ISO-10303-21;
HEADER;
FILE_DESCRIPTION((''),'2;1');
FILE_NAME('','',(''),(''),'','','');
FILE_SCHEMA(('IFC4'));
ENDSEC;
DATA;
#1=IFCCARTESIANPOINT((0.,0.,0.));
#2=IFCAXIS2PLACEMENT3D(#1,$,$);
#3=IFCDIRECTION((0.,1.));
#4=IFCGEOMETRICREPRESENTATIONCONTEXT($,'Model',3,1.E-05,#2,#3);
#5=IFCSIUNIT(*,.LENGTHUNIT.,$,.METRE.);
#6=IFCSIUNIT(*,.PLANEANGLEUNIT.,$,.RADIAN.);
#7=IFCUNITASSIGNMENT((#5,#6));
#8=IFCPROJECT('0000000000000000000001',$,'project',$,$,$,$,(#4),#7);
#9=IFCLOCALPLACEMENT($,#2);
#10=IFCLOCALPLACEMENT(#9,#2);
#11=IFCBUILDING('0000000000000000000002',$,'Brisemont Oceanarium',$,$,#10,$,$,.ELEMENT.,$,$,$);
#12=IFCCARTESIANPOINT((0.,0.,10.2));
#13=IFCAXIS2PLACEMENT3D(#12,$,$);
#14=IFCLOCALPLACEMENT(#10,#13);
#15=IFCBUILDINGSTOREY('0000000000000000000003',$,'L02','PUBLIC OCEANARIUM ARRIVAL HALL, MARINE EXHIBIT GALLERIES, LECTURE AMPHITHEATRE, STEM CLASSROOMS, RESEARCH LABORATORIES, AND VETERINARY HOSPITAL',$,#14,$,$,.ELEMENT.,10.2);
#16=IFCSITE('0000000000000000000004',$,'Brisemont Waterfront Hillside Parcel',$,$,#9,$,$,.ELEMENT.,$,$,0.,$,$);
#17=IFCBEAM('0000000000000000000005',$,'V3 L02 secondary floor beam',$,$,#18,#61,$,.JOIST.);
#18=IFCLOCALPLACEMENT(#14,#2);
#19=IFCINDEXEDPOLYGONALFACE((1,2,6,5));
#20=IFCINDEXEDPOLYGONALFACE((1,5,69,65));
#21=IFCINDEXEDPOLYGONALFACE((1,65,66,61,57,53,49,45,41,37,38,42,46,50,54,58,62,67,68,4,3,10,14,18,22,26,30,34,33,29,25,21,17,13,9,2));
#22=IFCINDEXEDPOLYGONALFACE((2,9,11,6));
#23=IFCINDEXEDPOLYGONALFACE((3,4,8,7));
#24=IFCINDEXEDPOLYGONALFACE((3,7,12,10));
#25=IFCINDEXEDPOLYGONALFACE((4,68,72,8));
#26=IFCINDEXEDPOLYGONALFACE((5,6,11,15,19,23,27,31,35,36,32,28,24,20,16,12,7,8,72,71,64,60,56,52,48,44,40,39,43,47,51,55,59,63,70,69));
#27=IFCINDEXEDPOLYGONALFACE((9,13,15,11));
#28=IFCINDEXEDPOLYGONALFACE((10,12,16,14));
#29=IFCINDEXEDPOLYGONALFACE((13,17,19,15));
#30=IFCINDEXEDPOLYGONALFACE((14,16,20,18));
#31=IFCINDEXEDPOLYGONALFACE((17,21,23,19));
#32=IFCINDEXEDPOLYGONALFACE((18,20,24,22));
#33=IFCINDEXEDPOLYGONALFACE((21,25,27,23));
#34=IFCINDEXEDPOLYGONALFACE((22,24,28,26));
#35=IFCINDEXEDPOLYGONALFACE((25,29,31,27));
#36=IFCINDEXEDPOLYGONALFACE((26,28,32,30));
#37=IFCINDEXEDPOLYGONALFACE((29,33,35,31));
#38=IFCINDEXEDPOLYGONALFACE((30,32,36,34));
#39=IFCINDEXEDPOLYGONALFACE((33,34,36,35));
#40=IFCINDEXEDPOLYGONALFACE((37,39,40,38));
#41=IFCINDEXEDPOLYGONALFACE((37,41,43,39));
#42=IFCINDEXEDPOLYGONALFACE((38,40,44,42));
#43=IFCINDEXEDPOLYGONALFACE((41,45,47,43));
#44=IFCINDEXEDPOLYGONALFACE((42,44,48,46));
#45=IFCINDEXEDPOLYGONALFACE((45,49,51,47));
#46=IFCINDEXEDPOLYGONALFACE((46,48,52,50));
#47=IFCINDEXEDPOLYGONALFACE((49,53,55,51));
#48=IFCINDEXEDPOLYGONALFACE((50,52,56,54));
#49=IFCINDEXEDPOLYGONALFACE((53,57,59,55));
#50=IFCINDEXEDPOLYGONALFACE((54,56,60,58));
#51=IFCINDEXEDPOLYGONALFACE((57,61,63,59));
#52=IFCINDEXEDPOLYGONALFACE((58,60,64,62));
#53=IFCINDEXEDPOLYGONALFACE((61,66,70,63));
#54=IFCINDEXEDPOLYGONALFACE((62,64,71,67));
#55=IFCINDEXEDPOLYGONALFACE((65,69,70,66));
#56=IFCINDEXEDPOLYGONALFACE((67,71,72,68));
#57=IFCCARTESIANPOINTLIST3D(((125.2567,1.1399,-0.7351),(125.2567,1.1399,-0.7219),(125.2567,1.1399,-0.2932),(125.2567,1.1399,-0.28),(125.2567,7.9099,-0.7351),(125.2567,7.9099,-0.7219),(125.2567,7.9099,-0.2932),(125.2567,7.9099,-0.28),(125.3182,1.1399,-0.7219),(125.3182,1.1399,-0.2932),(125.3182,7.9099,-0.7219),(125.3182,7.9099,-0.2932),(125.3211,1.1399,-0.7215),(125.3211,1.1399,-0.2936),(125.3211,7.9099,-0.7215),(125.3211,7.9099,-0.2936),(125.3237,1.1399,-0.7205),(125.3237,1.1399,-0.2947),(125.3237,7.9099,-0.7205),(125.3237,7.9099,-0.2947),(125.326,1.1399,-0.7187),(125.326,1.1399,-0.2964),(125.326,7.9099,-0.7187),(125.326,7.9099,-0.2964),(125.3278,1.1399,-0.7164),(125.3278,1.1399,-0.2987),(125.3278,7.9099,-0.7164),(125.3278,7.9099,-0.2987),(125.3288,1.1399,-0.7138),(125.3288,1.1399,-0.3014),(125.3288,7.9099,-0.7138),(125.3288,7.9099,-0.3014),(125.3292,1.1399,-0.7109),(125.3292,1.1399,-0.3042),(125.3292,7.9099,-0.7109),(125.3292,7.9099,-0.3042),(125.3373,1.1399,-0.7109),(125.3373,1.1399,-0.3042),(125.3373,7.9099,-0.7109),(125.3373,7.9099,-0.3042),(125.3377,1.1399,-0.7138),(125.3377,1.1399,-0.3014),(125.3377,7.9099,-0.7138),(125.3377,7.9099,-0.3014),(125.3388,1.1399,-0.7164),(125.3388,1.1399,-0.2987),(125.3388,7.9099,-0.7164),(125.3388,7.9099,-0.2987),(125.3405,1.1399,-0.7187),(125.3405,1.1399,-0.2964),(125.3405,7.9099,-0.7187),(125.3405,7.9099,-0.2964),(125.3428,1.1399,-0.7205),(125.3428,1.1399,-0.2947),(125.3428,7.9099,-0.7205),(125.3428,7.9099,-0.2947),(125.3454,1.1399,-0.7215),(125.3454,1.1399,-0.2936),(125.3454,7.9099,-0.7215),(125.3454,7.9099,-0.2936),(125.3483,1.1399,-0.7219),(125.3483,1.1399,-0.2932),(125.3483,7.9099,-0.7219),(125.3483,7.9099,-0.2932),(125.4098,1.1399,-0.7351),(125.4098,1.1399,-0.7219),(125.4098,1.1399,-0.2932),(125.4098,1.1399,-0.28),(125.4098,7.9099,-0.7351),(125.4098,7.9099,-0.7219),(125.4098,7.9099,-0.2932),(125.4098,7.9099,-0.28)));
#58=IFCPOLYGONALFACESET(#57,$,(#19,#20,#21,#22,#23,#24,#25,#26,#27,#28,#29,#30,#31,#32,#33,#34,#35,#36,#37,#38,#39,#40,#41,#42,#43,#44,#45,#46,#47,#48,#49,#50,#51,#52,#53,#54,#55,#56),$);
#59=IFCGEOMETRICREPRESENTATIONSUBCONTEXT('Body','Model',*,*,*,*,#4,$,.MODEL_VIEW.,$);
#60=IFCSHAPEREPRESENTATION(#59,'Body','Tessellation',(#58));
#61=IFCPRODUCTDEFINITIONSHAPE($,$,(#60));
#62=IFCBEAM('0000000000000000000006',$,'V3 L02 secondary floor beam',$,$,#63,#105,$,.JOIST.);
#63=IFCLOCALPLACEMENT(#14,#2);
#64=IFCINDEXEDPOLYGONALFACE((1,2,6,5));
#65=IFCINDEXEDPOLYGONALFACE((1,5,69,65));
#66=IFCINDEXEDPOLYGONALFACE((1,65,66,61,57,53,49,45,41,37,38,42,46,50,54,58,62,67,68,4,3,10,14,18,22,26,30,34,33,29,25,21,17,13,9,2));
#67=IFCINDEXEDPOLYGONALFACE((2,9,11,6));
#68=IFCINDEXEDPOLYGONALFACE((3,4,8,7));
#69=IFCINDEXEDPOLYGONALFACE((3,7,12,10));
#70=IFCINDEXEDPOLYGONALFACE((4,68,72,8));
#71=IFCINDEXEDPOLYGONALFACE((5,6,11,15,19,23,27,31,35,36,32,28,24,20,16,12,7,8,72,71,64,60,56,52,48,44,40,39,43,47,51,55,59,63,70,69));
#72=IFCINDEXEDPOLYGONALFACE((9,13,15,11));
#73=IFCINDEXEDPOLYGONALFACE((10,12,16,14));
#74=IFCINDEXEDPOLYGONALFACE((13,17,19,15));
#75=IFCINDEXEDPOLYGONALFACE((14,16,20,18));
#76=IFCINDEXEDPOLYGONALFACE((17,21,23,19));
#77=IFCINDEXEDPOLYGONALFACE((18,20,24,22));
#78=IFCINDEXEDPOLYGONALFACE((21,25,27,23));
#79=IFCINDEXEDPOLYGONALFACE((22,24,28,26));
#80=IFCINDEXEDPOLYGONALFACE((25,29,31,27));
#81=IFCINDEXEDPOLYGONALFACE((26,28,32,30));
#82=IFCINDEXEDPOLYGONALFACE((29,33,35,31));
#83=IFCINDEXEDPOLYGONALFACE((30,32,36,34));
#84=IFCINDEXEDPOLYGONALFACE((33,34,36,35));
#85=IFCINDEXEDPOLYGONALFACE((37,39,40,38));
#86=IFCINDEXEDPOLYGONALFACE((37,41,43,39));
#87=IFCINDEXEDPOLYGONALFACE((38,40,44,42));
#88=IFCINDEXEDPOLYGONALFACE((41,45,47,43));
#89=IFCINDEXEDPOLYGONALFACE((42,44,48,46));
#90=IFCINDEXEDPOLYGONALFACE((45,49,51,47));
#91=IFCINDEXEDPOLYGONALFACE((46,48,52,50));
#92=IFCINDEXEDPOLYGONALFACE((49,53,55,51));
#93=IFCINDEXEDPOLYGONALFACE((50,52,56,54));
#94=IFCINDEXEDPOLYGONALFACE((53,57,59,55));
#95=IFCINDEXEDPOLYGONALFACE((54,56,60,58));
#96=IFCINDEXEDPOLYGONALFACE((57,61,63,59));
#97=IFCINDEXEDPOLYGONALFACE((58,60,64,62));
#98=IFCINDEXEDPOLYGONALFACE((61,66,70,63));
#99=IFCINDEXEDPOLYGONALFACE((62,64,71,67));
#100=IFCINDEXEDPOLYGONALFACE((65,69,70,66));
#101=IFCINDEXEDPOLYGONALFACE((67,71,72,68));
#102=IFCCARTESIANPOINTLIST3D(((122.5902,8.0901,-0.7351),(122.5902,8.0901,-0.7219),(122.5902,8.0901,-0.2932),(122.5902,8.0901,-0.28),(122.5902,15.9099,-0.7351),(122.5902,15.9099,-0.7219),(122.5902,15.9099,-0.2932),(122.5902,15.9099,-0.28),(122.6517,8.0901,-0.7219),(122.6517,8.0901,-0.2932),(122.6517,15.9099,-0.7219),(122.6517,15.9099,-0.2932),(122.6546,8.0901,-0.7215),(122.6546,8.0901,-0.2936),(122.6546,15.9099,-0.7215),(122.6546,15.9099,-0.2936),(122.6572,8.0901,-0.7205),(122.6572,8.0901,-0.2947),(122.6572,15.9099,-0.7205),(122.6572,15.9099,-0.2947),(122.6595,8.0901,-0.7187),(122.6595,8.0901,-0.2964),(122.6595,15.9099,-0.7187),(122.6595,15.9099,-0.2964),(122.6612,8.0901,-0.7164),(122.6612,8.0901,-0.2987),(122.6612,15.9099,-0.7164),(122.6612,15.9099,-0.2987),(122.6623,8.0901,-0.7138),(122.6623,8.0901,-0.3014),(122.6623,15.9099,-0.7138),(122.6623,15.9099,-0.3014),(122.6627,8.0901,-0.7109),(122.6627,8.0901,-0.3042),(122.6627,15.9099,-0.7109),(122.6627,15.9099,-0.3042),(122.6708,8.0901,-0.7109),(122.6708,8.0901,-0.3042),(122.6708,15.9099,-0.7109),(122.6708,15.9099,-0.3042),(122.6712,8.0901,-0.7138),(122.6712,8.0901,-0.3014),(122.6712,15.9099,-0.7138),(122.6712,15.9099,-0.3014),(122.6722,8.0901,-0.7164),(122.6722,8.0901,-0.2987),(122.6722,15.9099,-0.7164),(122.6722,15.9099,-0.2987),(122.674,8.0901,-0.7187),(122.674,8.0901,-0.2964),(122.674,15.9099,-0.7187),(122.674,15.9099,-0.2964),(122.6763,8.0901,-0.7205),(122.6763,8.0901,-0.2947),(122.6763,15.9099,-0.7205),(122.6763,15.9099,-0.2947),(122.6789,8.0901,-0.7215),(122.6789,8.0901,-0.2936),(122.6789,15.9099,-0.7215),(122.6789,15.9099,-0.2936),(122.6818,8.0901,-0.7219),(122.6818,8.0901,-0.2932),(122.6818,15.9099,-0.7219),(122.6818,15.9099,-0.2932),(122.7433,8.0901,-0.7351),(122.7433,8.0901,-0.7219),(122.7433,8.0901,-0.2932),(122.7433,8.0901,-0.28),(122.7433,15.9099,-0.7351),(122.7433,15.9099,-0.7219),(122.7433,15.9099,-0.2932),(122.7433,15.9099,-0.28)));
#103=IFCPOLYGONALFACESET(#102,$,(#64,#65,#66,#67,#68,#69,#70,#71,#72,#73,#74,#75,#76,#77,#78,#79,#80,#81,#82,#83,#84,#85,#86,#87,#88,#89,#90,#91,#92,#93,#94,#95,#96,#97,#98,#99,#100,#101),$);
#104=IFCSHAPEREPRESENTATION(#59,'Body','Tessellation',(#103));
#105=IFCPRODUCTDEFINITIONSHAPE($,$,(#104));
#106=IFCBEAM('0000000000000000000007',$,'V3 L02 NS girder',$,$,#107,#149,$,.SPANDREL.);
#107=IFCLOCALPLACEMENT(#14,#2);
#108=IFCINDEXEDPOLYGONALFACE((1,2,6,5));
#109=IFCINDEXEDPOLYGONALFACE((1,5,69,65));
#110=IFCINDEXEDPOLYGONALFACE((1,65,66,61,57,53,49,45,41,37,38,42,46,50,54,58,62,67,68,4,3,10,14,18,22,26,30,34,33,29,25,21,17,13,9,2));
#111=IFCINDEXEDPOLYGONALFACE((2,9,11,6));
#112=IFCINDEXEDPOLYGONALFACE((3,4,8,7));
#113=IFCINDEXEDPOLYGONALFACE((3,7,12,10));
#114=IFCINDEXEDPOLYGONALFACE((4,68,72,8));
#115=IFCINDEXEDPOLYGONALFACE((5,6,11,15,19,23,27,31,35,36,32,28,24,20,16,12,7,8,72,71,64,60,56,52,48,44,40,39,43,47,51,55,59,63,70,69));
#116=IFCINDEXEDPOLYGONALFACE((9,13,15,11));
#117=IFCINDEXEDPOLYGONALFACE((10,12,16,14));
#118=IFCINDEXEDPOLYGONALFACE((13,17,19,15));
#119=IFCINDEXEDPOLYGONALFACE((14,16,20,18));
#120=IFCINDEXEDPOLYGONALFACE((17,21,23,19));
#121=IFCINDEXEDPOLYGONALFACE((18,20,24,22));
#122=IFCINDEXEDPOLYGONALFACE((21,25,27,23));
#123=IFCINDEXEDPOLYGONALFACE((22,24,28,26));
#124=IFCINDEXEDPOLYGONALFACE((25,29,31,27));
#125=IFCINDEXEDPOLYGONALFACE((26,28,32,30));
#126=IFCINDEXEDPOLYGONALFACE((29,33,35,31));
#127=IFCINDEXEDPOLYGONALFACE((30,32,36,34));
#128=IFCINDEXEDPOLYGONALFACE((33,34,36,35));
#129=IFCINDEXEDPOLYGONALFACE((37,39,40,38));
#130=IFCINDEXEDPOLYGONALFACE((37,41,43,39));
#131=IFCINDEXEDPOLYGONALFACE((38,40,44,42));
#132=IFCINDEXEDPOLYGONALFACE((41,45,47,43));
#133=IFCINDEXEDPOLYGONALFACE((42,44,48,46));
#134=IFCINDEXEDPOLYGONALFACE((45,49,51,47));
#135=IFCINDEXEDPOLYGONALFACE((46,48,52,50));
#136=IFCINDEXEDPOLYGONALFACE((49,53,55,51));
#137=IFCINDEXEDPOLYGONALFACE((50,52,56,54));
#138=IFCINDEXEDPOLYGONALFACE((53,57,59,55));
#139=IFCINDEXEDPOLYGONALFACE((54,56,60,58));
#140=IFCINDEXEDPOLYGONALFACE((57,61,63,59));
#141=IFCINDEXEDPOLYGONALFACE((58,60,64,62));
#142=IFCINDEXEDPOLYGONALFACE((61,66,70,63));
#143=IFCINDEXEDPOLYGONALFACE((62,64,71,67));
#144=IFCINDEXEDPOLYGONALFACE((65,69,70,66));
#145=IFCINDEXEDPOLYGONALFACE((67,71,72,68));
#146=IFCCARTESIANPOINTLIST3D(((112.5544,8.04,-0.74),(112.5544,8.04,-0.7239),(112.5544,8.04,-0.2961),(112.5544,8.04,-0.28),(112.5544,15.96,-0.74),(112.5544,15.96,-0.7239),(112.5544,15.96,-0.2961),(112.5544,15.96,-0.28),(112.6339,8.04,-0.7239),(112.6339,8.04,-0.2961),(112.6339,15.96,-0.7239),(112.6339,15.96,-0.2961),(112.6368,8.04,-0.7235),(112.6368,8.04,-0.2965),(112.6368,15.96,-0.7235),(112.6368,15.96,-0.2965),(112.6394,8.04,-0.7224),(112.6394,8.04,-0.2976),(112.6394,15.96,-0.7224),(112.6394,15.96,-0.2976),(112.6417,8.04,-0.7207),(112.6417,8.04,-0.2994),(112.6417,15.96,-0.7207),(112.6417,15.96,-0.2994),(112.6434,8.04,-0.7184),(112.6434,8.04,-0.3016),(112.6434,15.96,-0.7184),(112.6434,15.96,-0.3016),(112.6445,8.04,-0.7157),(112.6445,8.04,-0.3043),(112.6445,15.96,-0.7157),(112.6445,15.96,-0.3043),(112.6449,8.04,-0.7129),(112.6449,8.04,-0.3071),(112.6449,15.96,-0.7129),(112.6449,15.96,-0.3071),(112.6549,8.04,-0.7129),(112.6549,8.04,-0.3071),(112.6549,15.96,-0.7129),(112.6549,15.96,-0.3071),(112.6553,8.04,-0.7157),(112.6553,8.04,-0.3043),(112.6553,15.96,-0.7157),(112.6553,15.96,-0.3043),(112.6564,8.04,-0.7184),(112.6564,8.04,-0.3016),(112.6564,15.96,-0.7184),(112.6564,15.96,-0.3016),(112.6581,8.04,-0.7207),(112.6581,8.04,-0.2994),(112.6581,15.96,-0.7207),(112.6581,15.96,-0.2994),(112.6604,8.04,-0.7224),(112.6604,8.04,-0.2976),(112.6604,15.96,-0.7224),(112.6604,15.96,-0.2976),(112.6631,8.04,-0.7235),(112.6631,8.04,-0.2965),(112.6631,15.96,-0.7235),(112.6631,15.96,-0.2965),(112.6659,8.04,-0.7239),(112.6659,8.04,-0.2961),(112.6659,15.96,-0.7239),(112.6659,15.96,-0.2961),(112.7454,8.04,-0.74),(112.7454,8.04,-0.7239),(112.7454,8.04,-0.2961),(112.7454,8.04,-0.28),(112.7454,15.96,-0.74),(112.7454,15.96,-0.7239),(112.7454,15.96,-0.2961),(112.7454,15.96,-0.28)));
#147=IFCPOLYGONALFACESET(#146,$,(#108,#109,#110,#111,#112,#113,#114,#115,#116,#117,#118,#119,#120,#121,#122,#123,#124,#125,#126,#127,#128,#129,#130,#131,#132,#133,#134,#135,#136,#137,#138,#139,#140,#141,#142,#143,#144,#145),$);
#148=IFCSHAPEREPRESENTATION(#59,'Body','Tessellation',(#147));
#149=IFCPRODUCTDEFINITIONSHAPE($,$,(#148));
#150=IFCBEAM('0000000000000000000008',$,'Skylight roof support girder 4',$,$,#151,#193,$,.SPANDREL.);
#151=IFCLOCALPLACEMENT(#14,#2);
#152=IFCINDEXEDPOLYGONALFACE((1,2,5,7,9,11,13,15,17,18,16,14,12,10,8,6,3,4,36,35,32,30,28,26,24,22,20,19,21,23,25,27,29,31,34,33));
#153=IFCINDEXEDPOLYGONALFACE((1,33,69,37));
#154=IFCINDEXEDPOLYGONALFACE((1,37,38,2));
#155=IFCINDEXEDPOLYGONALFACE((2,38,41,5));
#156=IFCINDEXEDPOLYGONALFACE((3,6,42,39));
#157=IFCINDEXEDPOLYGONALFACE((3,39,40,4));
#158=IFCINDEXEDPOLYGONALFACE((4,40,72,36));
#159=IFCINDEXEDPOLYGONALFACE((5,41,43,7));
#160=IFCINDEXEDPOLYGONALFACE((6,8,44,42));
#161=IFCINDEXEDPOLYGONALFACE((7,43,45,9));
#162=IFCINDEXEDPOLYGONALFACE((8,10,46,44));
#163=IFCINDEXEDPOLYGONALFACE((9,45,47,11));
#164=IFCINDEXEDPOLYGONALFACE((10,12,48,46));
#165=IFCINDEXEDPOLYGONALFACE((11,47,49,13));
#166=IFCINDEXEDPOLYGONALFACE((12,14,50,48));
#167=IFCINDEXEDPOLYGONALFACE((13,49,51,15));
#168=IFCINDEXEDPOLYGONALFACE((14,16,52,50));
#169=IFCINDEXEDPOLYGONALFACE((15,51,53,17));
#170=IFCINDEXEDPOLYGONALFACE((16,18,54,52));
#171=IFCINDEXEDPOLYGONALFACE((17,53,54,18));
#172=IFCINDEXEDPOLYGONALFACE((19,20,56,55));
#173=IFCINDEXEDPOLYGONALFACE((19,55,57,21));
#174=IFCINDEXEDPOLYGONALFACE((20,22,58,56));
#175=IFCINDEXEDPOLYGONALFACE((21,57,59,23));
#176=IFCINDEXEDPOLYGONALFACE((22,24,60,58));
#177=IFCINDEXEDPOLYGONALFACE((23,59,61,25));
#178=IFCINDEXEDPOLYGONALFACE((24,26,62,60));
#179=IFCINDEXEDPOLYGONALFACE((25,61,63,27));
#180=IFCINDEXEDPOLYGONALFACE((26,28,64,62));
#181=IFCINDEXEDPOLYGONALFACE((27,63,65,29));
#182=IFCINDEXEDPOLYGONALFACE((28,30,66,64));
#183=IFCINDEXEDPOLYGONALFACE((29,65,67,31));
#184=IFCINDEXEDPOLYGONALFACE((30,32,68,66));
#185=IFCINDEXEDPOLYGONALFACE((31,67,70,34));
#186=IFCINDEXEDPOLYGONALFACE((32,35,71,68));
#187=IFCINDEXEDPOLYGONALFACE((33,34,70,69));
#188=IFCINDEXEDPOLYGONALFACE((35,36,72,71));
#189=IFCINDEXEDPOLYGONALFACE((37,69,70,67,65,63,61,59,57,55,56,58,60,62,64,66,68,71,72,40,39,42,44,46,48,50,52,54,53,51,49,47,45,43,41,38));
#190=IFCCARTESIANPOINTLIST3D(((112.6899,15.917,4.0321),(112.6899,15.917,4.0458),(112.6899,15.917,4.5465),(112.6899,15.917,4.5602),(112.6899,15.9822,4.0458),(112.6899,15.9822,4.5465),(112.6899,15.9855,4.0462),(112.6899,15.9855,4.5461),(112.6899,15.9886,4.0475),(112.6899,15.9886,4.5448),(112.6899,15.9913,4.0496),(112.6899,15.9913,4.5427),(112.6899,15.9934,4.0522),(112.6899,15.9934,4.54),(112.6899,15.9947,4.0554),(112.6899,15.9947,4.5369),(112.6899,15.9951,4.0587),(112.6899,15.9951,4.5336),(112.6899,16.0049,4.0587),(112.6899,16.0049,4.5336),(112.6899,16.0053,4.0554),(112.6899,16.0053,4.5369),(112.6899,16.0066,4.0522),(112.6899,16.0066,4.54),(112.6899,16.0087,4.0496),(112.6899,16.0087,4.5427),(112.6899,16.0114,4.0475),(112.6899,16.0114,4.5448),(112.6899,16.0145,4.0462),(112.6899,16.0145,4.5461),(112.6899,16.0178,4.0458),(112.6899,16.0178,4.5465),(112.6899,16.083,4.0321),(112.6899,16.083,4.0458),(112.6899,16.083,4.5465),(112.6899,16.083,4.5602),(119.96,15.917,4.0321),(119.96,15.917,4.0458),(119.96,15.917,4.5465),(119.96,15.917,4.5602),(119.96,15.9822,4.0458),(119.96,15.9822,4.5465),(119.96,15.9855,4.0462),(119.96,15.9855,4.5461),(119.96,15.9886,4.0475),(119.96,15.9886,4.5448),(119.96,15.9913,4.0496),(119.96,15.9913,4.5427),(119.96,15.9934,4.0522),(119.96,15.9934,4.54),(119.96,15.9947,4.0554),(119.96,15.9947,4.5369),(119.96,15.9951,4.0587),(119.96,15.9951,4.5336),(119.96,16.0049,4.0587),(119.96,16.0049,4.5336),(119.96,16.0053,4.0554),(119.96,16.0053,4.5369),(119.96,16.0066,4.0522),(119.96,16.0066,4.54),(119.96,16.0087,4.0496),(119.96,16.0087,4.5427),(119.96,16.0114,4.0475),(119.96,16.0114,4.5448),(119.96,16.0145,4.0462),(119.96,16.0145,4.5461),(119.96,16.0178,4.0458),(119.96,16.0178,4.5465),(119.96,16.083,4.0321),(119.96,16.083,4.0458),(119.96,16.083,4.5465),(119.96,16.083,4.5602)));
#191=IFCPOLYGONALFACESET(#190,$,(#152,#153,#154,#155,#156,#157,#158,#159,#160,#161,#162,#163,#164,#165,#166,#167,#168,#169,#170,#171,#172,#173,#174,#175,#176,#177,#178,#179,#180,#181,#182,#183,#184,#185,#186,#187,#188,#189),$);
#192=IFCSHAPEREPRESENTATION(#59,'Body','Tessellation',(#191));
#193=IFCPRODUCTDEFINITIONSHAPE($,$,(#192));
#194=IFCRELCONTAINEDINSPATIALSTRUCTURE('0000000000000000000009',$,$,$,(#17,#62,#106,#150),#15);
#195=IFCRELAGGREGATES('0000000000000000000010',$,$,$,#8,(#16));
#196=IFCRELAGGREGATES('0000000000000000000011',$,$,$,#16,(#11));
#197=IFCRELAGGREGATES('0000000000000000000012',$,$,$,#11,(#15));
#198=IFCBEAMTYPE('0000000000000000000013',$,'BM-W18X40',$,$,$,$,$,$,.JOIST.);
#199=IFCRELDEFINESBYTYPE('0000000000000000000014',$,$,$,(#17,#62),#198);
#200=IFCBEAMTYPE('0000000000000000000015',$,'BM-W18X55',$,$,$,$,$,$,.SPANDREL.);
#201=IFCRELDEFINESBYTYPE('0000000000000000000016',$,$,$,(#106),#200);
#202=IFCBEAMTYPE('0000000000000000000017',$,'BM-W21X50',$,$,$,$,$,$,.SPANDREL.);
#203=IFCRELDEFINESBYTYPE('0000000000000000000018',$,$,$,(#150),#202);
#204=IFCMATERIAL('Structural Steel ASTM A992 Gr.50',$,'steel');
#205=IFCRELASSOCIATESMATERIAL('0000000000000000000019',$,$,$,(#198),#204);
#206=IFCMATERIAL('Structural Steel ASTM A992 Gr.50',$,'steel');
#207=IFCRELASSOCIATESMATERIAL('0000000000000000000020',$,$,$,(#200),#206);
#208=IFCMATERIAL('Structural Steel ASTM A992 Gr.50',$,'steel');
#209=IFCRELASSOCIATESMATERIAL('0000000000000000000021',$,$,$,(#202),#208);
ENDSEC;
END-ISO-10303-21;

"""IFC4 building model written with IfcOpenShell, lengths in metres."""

from ifc_helpers import new_model, si_unit, direction, frame, origin, origin_2d, place, context, subcontext, project, spatial, i_section, extrude, material, material_profile, profile_set, type_object, element, save


model = new_model("IFC4")

# Units and contexts
model_context = context("Model", 3, precision=1e-05, world=origin(), true_north=direction((0.0, 1.0)))
body_context = subcontext(model_context, "Body", "Model", "MODEL_VIEW")
ifc_project = project(units=[si_unit("LENGTHUNIT", "METRE"), si_unit("PLANEANGLEUNIT", "RADIAN")], contexts=[model_context])

# Site, building, storey
site_placement = place(None, origin())
site = spatial("IfcSite", under=ifc_project, at=site_placement, Name="Brisemont Waterfront Hillside Parcel", CompositionType="ELEMENT", RefElevation=0.0)
building_placement = place(site_placement, origin())
building = spatial("IfcBuilding", under=site, at=building_placement, Name="Brisemont Oceanarium", CompositionType="ELEMENT")
storey_placement = place(building_placement, frame((0.0, 0.0, 10.2)))
storey = spatial("IfcBuildingStorey", under=building, at=storey_placement, Name="L02", Description="PUBLIC OCEANARIUM ARRIVAL HALL, MARINE EXHIBIT GALLERIES, LECTURE AMPHITHEATRE, STEM CLASSROOMS, RESEARCH LABORATORIES, AND VETERINARY HOSPITAL", CompositionType="ELEMENT", Elevation=10.2)

# Beams
ifc_material_1 = material(Name="Structural Steel ASTM A992 Gr.50", Category="steel")
ifc_material_profile_1 = material_profile(ifc_material_1, i_section(OverallWidth=0.1531, OverallDepth=0.4551, WebThickness=0.0081, FlangeThickness=0.0132, FilletRadius=0.011, at=origin_2d()), Name="W18X40")
ifc_profile_set_1 = profile_set([ifc_material_profile_1], Name="Structural Steel ASTM A992 Gr.50")
beam_type_1 = type_object("IfcBeamType", Name="BM-W18X40", PredefinedType="JOIST", material=ifc_profile_set_1)
beam_1_placement = place(storey_placement, frame((125.3333, 1.1399, -0.5076), z_axis=(0.0, 1.0, 0.0), x_axis=(-1.0, 0.0, 0.0)))
element("IfcBeam", 1, at=beam_1_placement, inside=storey, type_object=beam_type_1, Name="V3 L02 secondary floor beam", PredefinedType="JOIST", context=body_context, shape_type="SweptSolid", body=[
    extrude(i_section(OverallWidth=0.1531, OverallDepth=0.4551, WebThickness=0.0081, FlangeThickness=0.0132, FilletRadius=0.011, at=origin_2d()), origin(), (0.0, 0.0, 1.0), 6.77),
])
beam_2_placement = place(storey_placement, frame((122.6667, 8.0901, -0.5076), z_axis=(0.0, 1.0, 0.0), x_axis=(-1.0, 0.0, 0.0)))
element("IfcBeam", 2, at=beam_2_placement, inside=storey, type_object=beam_type_1, Name="V3 L02 secondary floor beam", PredefinedType="JOIST", context=body_context, shape_type="SweptSolid", body=[
    extrude(i_section(OverallWidth=0.1531, OverallDepth=0.4551, WebThickness=0.0081, FlangeThickness=0.0132, FilletRadius=0.011, at=origin_2d()), origin(), (0.0, 0.0, 1.0), 7.8198),
])
ifc_material_2 = material(Name="Structural Steel ASTM A992 Gr.50", Category="steel")
ifc_material_profile_2 = material_profile(ifc_material_2, i_section(OverallWidth=0.1909, OverallDepth=0.46, WebThickness=0.01, FlangeThickness=0.0161, FilletRadius=0.011, at=origin_2d()), Name="W18X55")
ifc_profile_set_2 = profile_set([ifc_material_profile_2], Name="Structural Steel ASTM A992 Gr.50")
beam_type_2 = type_object("IfcBeamType", Name="BM-W18X55", PredefinedType="SPANDREL", material=ifc_profile_set_2)
beam_3_placement = place(storey_placement, frame((112.6499, 8.04, -0.51), z_axis=(0.0, 1.0, 0.0), x_axis=(-1.0, 0.0, 0.0)))
element("IfcBeam", 3, at=beam_3_placement, inside=storey, type_object=beam_type_2, Name="V3 L02 NS girder", PredefinedType="SPANDREL", context=body_context, shape_type="SweptSolid", body=[
    extrude(i_section(OverallWidth=0.1909, OverallDepth=0.46, WebThickness=0.01, FlangeThickness=0.0161, FilletRadius=0.011, at=origin_2d()), origin(), (0.0, 0.0, 1.0), 7.9199),
])
ifc_material_3 = material(Name="Structural Steel ASTM A992 Gr.50", Category="steel")
ifc_material_profile_3 = material_profile(ifc_material_3, i_section(OverallWidth=0.166, OverallDepth=0.5281, WebThickness=0.0098, FlangeThickness=0.0137, FilletRadius=0.0129, at=origin_2d()), Name="W21X50")
ifc_profile_set_3 = profile_set([ifc_material_profile_3], Name="Structural Steel ASTM A992 Gr.50")
beam_type_3 = type_object("IfcBeamType", Name="BM-W21X50", PredefinedType="SPANDREL", material=ifc_profile_set_3)
beam_4_placement = place(storey_placement, frame((112.6899, 16.0, 4.2961), z_axis=(1.0, 0.0, 0.0), x_axis=(0.0, 1.0, 0.0)))
element("IfcBeam", 4, at=beam_4_placement, inside=storey, type_object=beam_type_3, Name="Skylight roof support girder 4", PredefinedType="SPANDREL", context=body_context, shape_type="SweptSolid", body=[
    extrude(i_section(OverallWidth=0.166, OverallDepth=0.5281, WebThickness=0.0098, FlangeThickness=0.0137, FilletRadius=0.0129, at=origin_2d()), origin(), (0.0, 0.0, 1.0), 7.27),
])

save(model, "model.ifc")
